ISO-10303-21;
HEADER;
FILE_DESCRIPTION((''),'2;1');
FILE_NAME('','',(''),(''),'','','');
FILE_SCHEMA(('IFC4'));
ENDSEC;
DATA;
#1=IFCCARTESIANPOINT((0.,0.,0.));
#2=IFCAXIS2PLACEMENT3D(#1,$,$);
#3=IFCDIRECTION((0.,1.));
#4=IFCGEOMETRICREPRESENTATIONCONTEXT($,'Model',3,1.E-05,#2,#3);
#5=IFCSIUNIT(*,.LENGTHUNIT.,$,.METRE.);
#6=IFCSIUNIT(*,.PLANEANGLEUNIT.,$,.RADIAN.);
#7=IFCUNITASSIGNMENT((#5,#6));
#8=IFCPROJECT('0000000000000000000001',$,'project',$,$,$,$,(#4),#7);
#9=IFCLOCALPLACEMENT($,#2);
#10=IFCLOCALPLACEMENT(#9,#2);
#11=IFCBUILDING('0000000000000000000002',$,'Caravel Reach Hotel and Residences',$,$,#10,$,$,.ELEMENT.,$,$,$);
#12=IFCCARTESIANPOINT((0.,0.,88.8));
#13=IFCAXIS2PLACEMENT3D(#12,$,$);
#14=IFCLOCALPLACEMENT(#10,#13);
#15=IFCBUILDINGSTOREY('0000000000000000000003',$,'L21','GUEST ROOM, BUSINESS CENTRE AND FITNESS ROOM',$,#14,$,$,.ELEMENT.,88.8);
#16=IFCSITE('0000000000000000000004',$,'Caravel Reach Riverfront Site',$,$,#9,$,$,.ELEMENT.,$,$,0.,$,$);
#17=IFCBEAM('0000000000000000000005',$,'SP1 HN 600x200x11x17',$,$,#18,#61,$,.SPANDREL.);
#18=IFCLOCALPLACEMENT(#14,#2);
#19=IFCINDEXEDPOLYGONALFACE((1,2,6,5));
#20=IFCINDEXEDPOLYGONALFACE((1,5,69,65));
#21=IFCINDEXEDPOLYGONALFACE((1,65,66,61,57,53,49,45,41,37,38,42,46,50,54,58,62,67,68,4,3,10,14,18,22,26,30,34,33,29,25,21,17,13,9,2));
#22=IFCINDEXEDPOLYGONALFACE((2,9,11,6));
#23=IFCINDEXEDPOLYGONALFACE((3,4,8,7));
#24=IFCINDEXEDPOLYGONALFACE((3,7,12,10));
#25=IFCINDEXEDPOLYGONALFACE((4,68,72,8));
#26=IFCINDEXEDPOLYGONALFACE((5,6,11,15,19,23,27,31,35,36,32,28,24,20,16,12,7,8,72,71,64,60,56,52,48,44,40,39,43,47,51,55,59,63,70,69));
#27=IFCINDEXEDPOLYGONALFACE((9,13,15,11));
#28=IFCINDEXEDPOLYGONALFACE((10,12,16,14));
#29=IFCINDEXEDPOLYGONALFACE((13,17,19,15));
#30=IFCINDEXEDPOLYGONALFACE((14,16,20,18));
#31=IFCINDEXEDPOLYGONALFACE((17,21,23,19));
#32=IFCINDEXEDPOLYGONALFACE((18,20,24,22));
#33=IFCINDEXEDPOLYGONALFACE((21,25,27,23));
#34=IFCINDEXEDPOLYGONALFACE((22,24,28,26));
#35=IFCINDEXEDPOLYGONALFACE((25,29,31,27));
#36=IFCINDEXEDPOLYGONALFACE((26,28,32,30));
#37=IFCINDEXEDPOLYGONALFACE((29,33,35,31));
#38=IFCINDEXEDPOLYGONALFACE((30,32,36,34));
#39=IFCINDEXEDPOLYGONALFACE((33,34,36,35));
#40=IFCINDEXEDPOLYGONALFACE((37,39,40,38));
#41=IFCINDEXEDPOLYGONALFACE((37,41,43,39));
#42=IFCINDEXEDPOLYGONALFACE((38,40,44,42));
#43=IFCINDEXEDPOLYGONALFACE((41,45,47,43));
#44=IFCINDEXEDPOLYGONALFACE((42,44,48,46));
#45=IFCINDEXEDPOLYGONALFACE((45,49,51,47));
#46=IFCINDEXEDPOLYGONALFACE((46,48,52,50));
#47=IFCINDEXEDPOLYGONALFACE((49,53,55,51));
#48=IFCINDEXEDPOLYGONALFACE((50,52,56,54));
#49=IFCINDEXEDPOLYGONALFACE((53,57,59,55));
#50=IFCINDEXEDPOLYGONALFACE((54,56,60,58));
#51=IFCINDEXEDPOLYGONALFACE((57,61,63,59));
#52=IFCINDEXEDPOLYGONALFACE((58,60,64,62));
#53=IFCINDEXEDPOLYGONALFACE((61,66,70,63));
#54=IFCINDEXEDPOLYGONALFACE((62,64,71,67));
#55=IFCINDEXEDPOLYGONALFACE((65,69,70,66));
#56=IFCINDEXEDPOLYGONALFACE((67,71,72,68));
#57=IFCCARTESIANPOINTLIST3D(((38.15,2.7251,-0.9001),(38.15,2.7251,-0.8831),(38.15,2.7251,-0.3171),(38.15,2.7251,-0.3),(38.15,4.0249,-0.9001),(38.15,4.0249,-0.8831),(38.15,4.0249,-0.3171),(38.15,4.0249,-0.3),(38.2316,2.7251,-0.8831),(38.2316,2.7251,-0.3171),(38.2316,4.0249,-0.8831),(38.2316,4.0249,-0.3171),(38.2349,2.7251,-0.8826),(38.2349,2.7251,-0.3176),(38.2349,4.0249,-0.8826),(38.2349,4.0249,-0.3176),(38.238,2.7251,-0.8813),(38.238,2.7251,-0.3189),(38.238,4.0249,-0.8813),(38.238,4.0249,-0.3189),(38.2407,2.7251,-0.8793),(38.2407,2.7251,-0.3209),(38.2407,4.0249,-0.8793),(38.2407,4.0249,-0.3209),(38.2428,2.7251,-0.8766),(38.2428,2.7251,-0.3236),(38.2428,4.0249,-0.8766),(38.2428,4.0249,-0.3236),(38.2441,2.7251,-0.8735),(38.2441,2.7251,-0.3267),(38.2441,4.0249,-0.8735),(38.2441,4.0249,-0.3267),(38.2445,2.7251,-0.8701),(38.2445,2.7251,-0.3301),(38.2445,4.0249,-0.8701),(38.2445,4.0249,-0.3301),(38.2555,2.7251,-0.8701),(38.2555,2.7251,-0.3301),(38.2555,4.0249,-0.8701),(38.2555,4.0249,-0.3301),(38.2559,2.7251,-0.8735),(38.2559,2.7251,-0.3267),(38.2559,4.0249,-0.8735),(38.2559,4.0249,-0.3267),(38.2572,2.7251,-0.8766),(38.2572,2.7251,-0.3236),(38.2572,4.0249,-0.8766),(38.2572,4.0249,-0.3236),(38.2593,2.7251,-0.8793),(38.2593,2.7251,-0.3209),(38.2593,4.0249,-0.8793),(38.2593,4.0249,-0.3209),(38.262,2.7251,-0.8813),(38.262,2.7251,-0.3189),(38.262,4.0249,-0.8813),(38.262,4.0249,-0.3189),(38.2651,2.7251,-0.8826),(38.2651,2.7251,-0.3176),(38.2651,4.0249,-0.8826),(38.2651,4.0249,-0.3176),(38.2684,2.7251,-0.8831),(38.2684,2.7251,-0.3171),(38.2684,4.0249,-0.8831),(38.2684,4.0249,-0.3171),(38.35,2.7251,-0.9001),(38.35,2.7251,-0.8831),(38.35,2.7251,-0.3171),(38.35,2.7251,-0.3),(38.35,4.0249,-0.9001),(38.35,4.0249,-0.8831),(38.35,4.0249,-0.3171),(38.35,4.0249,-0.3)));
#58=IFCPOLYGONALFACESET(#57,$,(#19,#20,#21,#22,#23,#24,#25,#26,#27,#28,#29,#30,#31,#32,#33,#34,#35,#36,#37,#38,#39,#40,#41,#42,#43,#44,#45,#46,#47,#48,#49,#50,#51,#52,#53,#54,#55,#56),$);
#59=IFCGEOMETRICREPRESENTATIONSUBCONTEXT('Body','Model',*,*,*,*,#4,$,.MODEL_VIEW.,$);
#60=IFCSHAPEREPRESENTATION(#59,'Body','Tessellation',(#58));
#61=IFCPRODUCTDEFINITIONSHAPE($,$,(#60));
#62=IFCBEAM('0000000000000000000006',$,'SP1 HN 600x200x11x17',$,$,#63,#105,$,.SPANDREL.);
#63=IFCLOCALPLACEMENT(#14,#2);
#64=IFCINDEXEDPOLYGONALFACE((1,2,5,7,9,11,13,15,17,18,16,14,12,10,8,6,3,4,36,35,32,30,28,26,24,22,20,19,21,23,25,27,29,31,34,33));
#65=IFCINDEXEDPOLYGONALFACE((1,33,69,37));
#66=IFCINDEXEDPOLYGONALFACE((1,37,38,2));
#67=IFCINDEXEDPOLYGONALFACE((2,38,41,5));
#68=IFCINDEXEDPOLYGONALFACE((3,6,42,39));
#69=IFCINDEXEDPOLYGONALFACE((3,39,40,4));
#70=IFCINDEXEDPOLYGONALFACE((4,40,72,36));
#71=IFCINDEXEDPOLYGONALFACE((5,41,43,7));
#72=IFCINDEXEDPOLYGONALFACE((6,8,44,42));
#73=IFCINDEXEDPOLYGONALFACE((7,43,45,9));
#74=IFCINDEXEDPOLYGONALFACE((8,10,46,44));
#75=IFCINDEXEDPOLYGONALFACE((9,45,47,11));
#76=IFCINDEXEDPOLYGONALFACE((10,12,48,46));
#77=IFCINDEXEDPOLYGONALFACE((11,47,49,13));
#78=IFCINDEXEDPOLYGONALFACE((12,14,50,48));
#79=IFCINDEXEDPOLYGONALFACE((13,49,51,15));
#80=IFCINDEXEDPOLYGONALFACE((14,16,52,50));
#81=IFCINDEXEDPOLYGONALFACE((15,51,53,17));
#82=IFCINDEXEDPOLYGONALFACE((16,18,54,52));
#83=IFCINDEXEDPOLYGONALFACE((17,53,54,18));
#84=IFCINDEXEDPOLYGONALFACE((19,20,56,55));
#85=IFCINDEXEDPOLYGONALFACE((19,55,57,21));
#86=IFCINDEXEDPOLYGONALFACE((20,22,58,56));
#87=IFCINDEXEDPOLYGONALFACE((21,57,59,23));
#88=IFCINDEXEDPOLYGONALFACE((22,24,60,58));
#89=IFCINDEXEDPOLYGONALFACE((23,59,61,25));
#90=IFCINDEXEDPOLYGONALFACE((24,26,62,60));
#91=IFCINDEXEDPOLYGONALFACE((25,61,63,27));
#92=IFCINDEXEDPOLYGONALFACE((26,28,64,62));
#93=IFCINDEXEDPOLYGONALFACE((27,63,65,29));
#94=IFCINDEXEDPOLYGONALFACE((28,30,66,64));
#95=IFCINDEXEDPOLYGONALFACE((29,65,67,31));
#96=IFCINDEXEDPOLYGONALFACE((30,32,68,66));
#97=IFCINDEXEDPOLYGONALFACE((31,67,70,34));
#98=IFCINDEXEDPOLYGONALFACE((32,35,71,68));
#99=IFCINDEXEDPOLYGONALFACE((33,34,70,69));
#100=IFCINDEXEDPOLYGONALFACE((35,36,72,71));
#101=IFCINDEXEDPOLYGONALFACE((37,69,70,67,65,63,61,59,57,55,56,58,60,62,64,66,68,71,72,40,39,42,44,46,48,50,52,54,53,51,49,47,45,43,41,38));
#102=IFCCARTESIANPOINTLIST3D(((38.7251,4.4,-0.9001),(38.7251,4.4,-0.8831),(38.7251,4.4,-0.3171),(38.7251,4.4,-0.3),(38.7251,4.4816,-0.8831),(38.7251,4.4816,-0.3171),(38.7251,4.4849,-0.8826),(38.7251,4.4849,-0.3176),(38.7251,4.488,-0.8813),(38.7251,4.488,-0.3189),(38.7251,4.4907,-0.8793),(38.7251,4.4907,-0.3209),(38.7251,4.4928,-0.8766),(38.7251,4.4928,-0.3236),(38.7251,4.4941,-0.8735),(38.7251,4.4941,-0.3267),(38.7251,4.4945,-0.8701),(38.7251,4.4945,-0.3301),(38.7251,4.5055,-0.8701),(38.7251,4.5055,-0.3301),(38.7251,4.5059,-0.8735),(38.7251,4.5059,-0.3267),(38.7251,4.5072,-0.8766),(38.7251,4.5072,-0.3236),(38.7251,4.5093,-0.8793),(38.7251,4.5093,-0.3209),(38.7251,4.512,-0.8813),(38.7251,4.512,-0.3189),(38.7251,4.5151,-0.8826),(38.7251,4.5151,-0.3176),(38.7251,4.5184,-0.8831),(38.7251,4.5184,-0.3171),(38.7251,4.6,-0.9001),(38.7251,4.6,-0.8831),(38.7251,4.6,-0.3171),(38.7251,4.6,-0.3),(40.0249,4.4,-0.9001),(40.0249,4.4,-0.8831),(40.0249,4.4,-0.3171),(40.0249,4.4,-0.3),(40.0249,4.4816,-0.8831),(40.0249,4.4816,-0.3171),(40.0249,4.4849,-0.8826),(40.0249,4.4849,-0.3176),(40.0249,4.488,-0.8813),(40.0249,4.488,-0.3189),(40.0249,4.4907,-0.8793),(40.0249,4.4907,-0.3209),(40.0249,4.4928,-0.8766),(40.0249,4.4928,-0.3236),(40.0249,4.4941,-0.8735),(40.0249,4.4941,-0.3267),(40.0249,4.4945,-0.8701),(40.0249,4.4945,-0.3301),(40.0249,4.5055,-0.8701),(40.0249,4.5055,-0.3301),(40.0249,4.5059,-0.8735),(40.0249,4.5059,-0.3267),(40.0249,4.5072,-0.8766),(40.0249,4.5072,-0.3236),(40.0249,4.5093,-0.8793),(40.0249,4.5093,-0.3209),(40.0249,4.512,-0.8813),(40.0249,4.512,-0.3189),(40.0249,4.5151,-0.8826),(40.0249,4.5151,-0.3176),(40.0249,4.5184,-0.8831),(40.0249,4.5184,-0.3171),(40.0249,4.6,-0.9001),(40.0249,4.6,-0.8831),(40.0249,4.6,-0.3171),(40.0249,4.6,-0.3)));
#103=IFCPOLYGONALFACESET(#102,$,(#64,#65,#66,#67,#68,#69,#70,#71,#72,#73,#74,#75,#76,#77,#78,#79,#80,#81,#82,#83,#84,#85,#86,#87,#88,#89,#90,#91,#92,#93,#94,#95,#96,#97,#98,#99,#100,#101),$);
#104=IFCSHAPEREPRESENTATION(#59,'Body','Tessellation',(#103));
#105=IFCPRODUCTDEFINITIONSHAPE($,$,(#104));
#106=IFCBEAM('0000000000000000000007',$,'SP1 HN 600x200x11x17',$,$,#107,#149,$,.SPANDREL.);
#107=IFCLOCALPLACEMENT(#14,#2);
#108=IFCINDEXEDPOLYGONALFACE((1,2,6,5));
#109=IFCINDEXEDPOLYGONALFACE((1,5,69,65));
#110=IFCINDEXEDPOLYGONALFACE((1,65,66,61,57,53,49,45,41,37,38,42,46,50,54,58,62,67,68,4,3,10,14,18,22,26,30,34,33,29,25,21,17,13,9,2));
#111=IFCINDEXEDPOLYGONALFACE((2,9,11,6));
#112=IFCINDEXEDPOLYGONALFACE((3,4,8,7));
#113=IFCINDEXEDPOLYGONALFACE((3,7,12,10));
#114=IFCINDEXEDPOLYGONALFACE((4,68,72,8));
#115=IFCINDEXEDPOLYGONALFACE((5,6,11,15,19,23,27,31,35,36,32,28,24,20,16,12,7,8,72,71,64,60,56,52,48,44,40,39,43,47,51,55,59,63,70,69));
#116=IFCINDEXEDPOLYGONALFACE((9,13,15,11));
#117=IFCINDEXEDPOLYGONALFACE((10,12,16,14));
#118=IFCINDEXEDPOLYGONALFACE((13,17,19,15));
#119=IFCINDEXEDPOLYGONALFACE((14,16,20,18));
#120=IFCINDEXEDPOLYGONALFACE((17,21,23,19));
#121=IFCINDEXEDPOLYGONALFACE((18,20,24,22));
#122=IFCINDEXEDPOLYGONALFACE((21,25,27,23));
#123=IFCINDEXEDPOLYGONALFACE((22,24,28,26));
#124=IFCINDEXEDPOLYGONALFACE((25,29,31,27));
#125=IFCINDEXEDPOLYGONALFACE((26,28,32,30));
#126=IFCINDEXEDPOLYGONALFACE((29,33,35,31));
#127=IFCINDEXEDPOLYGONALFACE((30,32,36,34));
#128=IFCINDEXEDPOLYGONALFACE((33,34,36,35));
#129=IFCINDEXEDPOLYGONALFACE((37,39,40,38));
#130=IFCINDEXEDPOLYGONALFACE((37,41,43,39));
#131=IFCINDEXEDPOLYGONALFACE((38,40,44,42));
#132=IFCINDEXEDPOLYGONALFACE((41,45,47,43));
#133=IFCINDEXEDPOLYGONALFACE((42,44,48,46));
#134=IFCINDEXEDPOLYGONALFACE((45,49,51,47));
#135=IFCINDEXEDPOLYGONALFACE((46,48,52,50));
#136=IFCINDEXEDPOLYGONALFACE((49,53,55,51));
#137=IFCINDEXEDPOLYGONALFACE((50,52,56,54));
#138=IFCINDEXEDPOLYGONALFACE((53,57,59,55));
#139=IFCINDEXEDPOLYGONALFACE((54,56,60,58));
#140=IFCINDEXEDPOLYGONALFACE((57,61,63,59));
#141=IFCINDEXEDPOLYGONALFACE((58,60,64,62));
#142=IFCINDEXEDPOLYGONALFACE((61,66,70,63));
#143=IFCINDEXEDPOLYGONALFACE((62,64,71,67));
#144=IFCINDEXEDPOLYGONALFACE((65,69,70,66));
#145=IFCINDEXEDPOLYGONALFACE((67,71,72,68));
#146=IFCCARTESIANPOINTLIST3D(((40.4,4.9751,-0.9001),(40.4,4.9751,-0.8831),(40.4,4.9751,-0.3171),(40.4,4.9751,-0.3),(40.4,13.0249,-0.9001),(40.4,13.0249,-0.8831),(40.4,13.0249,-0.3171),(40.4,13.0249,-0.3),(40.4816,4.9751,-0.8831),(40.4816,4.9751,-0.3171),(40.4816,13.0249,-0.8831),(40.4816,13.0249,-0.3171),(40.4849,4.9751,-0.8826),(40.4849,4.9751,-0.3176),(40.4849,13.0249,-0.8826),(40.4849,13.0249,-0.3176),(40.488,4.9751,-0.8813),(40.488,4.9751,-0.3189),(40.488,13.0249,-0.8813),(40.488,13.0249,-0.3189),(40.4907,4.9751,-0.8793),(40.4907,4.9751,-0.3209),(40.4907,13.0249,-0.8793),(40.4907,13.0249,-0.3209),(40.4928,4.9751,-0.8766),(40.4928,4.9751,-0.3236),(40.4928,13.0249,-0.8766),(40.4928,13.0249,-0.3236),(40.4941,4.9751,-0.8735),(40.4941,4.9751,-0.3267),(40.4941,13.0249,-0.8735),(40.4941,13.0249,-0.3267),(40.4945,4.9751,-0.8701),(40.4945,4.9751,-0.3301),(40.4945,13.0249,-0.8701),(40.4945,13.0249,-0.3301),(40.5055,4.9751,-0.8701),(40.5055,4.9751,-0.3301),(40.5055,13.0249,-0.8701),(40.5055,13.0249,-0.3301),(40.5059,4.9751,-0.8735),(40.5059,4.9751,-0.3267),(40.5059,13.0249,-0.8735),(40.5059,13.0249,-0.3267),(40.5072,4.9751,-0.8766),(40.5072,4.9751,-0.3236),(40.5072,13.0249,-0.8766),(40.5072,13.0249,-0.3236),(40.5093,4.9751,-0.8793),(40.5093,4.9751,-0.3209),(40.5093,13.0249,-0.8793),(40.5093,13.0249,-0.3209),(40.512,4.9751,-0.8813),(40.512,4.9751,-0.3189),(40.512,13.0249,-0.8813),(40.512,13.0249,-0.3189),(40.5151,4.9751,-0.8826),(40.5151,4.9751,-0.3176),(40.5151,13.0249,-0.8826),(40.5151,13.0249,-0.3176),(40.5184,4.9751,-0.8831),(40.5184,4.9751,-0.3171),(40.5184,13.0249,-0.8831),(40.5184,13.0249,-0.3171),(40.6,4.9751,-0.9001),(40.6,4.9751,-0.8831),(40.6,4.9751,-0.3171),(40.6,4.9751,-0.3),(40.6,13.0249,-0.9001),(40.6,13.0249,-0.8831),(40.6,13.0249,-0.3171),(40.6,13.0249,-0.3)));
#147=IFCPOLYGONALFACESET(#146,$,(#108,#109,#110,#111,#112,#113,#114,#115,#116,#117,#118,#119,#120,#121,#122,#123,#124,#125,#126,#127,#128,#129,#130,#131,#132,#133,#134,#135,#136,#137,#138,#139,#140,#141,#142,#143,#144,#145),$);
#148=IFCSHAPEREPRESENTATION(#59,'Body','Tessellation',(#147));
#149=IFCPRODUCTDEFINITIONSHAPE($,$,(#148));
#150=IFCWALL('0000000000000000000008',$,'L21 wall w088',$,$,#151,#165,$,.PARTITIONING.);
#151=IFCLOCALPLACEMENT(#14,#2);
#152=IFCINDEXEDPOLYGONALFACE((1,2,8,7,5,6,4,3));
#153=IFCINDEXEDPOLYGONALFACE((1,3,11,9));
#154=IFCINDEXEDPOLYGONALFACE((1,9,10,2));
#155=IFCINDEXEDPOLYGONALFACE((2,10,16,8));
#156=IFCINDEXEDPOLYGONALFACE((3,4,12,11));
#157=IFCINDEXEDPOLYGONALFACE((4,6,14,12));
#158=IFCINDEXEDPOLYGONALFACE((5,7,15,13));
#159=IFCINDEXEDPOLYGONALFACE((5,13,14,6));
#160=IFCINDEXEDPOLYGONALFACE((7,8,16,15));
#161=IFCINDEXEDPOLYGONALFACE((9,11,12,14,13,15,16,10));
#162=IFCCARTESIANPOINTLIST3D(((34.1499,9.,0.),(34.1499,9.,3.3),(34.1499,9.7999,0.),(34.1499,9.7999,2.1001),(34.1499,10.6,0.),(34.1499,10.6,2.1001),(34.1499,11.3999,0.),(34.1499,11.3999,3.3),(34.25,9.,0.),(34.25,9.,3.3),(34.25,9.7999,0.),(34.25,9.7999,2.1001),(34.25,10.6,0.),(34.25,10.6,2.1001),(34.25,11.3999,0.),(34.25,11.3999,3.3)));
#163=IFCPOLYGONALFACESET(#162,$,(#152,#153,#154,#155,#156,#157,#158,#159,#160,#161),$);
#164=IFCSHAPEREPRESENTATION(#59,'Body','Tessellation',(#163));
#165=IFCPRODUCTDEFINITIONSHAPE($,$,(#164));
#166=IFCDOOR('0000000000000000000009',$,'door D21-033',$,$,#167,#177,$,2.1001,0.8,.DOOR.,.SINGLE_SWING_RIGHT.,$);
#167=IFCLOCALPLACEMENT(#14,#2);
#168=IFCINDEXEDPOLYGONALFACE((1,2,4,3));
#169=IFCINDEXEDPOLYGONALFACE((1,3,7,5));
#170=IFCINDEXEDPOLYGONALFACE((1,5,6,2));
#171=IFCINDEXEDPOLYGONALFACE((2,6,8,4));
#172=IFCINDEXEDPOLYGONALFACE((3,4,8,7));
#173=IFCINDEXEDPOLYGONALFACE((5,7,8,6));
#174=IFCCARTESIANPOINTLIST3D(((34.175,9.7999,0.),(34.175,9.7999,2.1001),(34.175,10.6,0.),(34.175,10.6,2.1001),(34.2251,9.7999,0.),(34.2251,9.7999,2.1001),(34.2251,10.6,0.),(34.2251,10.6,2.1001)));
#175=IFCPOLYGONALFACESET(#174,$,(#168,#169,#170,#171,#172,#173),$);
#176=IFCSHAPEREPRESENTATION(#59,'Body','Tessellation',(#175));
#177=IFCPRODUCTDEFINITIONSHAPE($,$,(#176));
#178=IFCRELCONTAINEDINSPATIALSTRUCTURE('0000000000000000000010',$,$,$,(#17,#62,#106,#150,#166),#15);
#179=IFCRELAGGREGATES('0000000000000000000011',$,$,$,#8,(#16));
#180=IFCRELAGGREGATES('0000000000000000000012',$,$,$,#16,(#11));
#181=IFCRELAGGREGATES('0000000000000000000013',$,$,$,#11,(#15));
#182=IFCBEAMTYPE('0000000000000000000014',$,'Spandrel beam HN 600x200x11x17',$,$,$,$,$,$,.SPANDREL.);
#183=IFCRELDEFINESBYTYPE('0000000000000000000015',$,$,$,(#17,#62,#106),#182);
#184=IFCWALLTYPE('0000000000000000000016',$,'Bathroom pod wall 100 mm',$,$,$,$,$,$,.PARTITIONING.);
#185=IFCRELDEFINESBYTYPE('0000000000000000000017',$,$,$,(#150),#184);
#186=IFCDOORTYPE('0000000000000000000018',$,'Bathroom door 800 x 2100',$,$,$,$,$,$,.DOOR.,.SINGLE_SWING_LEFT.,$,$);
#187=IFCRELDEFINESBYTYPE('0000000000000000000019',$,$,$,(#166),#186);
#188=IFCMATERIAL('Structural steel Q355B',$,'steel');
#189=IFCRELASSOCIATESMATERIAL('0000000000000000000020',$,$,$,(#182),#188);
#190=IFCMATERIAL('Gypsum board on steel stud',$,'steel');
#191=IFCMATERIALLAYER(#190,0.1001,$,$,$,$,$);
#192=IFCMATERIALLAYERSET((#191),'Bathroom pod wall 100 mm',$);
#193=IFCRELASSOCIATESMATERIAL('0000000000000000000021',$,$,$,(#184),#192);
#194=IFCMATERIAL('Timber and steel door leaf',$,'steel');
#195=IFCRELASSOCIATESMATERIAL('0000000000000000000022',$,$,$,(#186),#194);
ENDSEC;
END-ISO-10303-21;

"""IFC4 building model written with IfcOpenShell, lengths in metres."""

from ifc_helpers import new_model, si_unit, direction, frame, frame_2d, origin, origin_2d, place, context, subcontext, project, spatial, rectangle, i_section, extrude, material, layer, layer_set, material_profile, profile_set, type_object, element, fill, save


model = new_model("IFC4")

# Units and contexts
model_context = context("Model", 3, precision=1e-05, world=origin(), true_north=direction((0.0, 1.0)))
body_context = subcontext(model_context, "Body", "Model", "MODEL_VIEW")
ifc_project = project(units=[si_unit("LENGTHUNIT", "METRE"), si_unit("PLANEANGLEUNIT", "RADIAN")], contexts=[model_context])

# Site, building, storey
site_placement = place(None, origin())
site = spatial("IfcSite", under=ifc_project, at=site_placement, Name="Caravel Reach Riverfront Site", CompositionType="ELEMENT", RefElevation=0.0)
building_placement = place(site_placement, origin())
building = spatial("IfcBuilding", under=site, at=building_placement, Name="Caravel Reach Hotel and Residences", CompositionType="ELEMENT")
storey_placement = place(building_placement, frame((0.0, 0.0, 88.8)))
storey = spatial("IfcBuildingStorey", under=building, at=storey_placement, Name="L21", Description="GUEST ROOM, BUSINESS CENTRE AND FITNESS ROOM", CompositionType="ELEMENT", Elevation=88.8)

# Beams
ifc_material_1 = material(Name="Structural steel Q355B", Category="steel")
ifc_material_profile_1 = material_profile(ifc_material_1, i_section(OverallWidth=0.2, OverallDepth=0.6001, WebThickness=0.011, FlangeThickness=0.0171, FilletRadius=0.0129, at=origin_2d()), Name="HN 600x200x11x17")
ifc_profile_set_1 = profile_set([ifc_material_profile_1], Name="Structural steel Q355B")
beam_type = type_object("IfcBeamType", Name="Spandrel beam HN 600x200x11x17", PredefinedType="SPANDREL", material=ifc_profile_set_1)
for number, where, z_axis, x_axis, name in (
    (1, (38.25, 2.7251, -0.6001), (0.0, 1.0, 0.0), (-1.0, 0.0, 0.0), "SP1 HN 600x200x11x17"),
    (2, (38.7251, 4.5, -0.6001), (1.0, 0.0, 0.0), (0.0, 1.0, 0.0), "SP1 HN 600x200x11x17"),
):
    element("IfcBeam", number, at=place(storey_placement, frame(where, z_axis=z_axis, x_axis=x_axis)), inside=storey, type_object=beam_type, Name=name, PredefinedType="SPANDREL", context=body_context, shape_type="SweptSolid", body=[
        extrude(i_section(OverallWidth=0.2, OverallDepth=0.6001, WebThickness=0.011, FlangeThickness=0.0171, FilletRadius=0.0129, at=origin_2d()), origin(), (0.0, 0.0, 1.0), 1.2998),
    ])
beam_placement = place(storey_placement, frame((40.5, 4.9751, -0.6001), z_axis=(0.0, 1.0, 0.0), x_axis=(-1.0, 0.0, 0.0)))
element("IfcBeam", 3, at=beam_placement, inside=storey, type_object=beam_type, Name="SP1 HN 600x200x11x17", PredefinedType="SPANDREL", context=body_context, shape_type="SweptSolid", body=[
    extrude(i_section(OverallWidth=0.2, OverallDepth=0.6001, WebThickness=0.011, FlangeThickness=0.0171, FilletRadius=0.0129, at=origin_2d()), origin(), (0.0, 0.0, 1.0), 8.0498),
])

# Wall, opening, door
ifc_material_2 = material(Name="Gypsum board on steel stud", Category="steel")
ifc_layer_1 = layer(ifc_material_2, 0.1001)
ifc_layer_set_1 = layer_set([ifc_layer_1], Name="Bathroom pod wall 100 mm")
wall_type_1 = type_object("IfcWallType", Name="Bathroom pod wall 100 mm", PredefinedType="PARTITIONING", material=ifc_layer_set_1)
wall_1_placement = place(storey_placement, frame((34.2, 9.0, 0.0), z_axis=(0.0, 0.0, 1.0), x_axis=(0.0, 1.0, 0.0)))
wall_1 = element("IfcWall", 4, at=wall_1_placement, inside=storey, type_object=wall_type_1, Name="L21 wall w088", PredefinedType="PARTITIONING", context=body_context, shape_type="SweptSolid", body=[
    extrude(rectangle(XDim=2.3999, YDim=0.1001, at=frame_2d((1.2, 0.0))), origin(), (0.0, 0.0, 1.0), 3.3),
])
opening_1_placement = place(wall_1_placement, frame((0.8, 0.0, 0.0)))
opening_1 = element("IfcOpeningElement", 5, at=opening_1_placement, cuts=wall_1, PredefinedType="OPENING", context=body_context, shape_type="SweptSolid", body=[
    extrude(rectangle(XDim=0.8, YDim=2.1001, at=frame_2d((0.3999, 1.05))), frame((0.0, 0.0601, 0.0), z_axis=(0.0, -1.0, 0.0), x_axis=(1.0, 0.0, 0.0)), (0.0, 0.0, 1.0), 0.1201),
])
ifc_material_3 = material(Name="Timber and steel door leaf", Category="steel")
door_type_1 = type_object("IfcDoorType", Name="Bathroom door 800 x 2100", OperationType="SINGLE_SWING_LEFT", PredefinedType="DOOR", material=ifc_material_3)
door_1_placement = place(opening_1_placement, origin())
door_1 = element("IfcDoor", 6, at=door_1_placement, inside=storey, type_object=door_type_1, Name="door D21-033", OperationType="SINGLE_SWING_RIGHT", OverallHeight=2.1001, OverallWidth=0.8, PredefinedType="DOOR", context=body_context, shape_type="SweptSolid", body=[
    extrude(rectangle(XDim=0.8, YDim=2.1001, at=frame_2d((0.3999, 1.05))), frame((0.0, 0.0249, 0.0), z_axis=(0.0, -1.0, 0.0), x_axis=(1.0, 0.0, 0.0)), (0.0, 0.0, 1.0), 0.05),
])
fill(opening_1, door_1)

save(model, "model.ifc")
